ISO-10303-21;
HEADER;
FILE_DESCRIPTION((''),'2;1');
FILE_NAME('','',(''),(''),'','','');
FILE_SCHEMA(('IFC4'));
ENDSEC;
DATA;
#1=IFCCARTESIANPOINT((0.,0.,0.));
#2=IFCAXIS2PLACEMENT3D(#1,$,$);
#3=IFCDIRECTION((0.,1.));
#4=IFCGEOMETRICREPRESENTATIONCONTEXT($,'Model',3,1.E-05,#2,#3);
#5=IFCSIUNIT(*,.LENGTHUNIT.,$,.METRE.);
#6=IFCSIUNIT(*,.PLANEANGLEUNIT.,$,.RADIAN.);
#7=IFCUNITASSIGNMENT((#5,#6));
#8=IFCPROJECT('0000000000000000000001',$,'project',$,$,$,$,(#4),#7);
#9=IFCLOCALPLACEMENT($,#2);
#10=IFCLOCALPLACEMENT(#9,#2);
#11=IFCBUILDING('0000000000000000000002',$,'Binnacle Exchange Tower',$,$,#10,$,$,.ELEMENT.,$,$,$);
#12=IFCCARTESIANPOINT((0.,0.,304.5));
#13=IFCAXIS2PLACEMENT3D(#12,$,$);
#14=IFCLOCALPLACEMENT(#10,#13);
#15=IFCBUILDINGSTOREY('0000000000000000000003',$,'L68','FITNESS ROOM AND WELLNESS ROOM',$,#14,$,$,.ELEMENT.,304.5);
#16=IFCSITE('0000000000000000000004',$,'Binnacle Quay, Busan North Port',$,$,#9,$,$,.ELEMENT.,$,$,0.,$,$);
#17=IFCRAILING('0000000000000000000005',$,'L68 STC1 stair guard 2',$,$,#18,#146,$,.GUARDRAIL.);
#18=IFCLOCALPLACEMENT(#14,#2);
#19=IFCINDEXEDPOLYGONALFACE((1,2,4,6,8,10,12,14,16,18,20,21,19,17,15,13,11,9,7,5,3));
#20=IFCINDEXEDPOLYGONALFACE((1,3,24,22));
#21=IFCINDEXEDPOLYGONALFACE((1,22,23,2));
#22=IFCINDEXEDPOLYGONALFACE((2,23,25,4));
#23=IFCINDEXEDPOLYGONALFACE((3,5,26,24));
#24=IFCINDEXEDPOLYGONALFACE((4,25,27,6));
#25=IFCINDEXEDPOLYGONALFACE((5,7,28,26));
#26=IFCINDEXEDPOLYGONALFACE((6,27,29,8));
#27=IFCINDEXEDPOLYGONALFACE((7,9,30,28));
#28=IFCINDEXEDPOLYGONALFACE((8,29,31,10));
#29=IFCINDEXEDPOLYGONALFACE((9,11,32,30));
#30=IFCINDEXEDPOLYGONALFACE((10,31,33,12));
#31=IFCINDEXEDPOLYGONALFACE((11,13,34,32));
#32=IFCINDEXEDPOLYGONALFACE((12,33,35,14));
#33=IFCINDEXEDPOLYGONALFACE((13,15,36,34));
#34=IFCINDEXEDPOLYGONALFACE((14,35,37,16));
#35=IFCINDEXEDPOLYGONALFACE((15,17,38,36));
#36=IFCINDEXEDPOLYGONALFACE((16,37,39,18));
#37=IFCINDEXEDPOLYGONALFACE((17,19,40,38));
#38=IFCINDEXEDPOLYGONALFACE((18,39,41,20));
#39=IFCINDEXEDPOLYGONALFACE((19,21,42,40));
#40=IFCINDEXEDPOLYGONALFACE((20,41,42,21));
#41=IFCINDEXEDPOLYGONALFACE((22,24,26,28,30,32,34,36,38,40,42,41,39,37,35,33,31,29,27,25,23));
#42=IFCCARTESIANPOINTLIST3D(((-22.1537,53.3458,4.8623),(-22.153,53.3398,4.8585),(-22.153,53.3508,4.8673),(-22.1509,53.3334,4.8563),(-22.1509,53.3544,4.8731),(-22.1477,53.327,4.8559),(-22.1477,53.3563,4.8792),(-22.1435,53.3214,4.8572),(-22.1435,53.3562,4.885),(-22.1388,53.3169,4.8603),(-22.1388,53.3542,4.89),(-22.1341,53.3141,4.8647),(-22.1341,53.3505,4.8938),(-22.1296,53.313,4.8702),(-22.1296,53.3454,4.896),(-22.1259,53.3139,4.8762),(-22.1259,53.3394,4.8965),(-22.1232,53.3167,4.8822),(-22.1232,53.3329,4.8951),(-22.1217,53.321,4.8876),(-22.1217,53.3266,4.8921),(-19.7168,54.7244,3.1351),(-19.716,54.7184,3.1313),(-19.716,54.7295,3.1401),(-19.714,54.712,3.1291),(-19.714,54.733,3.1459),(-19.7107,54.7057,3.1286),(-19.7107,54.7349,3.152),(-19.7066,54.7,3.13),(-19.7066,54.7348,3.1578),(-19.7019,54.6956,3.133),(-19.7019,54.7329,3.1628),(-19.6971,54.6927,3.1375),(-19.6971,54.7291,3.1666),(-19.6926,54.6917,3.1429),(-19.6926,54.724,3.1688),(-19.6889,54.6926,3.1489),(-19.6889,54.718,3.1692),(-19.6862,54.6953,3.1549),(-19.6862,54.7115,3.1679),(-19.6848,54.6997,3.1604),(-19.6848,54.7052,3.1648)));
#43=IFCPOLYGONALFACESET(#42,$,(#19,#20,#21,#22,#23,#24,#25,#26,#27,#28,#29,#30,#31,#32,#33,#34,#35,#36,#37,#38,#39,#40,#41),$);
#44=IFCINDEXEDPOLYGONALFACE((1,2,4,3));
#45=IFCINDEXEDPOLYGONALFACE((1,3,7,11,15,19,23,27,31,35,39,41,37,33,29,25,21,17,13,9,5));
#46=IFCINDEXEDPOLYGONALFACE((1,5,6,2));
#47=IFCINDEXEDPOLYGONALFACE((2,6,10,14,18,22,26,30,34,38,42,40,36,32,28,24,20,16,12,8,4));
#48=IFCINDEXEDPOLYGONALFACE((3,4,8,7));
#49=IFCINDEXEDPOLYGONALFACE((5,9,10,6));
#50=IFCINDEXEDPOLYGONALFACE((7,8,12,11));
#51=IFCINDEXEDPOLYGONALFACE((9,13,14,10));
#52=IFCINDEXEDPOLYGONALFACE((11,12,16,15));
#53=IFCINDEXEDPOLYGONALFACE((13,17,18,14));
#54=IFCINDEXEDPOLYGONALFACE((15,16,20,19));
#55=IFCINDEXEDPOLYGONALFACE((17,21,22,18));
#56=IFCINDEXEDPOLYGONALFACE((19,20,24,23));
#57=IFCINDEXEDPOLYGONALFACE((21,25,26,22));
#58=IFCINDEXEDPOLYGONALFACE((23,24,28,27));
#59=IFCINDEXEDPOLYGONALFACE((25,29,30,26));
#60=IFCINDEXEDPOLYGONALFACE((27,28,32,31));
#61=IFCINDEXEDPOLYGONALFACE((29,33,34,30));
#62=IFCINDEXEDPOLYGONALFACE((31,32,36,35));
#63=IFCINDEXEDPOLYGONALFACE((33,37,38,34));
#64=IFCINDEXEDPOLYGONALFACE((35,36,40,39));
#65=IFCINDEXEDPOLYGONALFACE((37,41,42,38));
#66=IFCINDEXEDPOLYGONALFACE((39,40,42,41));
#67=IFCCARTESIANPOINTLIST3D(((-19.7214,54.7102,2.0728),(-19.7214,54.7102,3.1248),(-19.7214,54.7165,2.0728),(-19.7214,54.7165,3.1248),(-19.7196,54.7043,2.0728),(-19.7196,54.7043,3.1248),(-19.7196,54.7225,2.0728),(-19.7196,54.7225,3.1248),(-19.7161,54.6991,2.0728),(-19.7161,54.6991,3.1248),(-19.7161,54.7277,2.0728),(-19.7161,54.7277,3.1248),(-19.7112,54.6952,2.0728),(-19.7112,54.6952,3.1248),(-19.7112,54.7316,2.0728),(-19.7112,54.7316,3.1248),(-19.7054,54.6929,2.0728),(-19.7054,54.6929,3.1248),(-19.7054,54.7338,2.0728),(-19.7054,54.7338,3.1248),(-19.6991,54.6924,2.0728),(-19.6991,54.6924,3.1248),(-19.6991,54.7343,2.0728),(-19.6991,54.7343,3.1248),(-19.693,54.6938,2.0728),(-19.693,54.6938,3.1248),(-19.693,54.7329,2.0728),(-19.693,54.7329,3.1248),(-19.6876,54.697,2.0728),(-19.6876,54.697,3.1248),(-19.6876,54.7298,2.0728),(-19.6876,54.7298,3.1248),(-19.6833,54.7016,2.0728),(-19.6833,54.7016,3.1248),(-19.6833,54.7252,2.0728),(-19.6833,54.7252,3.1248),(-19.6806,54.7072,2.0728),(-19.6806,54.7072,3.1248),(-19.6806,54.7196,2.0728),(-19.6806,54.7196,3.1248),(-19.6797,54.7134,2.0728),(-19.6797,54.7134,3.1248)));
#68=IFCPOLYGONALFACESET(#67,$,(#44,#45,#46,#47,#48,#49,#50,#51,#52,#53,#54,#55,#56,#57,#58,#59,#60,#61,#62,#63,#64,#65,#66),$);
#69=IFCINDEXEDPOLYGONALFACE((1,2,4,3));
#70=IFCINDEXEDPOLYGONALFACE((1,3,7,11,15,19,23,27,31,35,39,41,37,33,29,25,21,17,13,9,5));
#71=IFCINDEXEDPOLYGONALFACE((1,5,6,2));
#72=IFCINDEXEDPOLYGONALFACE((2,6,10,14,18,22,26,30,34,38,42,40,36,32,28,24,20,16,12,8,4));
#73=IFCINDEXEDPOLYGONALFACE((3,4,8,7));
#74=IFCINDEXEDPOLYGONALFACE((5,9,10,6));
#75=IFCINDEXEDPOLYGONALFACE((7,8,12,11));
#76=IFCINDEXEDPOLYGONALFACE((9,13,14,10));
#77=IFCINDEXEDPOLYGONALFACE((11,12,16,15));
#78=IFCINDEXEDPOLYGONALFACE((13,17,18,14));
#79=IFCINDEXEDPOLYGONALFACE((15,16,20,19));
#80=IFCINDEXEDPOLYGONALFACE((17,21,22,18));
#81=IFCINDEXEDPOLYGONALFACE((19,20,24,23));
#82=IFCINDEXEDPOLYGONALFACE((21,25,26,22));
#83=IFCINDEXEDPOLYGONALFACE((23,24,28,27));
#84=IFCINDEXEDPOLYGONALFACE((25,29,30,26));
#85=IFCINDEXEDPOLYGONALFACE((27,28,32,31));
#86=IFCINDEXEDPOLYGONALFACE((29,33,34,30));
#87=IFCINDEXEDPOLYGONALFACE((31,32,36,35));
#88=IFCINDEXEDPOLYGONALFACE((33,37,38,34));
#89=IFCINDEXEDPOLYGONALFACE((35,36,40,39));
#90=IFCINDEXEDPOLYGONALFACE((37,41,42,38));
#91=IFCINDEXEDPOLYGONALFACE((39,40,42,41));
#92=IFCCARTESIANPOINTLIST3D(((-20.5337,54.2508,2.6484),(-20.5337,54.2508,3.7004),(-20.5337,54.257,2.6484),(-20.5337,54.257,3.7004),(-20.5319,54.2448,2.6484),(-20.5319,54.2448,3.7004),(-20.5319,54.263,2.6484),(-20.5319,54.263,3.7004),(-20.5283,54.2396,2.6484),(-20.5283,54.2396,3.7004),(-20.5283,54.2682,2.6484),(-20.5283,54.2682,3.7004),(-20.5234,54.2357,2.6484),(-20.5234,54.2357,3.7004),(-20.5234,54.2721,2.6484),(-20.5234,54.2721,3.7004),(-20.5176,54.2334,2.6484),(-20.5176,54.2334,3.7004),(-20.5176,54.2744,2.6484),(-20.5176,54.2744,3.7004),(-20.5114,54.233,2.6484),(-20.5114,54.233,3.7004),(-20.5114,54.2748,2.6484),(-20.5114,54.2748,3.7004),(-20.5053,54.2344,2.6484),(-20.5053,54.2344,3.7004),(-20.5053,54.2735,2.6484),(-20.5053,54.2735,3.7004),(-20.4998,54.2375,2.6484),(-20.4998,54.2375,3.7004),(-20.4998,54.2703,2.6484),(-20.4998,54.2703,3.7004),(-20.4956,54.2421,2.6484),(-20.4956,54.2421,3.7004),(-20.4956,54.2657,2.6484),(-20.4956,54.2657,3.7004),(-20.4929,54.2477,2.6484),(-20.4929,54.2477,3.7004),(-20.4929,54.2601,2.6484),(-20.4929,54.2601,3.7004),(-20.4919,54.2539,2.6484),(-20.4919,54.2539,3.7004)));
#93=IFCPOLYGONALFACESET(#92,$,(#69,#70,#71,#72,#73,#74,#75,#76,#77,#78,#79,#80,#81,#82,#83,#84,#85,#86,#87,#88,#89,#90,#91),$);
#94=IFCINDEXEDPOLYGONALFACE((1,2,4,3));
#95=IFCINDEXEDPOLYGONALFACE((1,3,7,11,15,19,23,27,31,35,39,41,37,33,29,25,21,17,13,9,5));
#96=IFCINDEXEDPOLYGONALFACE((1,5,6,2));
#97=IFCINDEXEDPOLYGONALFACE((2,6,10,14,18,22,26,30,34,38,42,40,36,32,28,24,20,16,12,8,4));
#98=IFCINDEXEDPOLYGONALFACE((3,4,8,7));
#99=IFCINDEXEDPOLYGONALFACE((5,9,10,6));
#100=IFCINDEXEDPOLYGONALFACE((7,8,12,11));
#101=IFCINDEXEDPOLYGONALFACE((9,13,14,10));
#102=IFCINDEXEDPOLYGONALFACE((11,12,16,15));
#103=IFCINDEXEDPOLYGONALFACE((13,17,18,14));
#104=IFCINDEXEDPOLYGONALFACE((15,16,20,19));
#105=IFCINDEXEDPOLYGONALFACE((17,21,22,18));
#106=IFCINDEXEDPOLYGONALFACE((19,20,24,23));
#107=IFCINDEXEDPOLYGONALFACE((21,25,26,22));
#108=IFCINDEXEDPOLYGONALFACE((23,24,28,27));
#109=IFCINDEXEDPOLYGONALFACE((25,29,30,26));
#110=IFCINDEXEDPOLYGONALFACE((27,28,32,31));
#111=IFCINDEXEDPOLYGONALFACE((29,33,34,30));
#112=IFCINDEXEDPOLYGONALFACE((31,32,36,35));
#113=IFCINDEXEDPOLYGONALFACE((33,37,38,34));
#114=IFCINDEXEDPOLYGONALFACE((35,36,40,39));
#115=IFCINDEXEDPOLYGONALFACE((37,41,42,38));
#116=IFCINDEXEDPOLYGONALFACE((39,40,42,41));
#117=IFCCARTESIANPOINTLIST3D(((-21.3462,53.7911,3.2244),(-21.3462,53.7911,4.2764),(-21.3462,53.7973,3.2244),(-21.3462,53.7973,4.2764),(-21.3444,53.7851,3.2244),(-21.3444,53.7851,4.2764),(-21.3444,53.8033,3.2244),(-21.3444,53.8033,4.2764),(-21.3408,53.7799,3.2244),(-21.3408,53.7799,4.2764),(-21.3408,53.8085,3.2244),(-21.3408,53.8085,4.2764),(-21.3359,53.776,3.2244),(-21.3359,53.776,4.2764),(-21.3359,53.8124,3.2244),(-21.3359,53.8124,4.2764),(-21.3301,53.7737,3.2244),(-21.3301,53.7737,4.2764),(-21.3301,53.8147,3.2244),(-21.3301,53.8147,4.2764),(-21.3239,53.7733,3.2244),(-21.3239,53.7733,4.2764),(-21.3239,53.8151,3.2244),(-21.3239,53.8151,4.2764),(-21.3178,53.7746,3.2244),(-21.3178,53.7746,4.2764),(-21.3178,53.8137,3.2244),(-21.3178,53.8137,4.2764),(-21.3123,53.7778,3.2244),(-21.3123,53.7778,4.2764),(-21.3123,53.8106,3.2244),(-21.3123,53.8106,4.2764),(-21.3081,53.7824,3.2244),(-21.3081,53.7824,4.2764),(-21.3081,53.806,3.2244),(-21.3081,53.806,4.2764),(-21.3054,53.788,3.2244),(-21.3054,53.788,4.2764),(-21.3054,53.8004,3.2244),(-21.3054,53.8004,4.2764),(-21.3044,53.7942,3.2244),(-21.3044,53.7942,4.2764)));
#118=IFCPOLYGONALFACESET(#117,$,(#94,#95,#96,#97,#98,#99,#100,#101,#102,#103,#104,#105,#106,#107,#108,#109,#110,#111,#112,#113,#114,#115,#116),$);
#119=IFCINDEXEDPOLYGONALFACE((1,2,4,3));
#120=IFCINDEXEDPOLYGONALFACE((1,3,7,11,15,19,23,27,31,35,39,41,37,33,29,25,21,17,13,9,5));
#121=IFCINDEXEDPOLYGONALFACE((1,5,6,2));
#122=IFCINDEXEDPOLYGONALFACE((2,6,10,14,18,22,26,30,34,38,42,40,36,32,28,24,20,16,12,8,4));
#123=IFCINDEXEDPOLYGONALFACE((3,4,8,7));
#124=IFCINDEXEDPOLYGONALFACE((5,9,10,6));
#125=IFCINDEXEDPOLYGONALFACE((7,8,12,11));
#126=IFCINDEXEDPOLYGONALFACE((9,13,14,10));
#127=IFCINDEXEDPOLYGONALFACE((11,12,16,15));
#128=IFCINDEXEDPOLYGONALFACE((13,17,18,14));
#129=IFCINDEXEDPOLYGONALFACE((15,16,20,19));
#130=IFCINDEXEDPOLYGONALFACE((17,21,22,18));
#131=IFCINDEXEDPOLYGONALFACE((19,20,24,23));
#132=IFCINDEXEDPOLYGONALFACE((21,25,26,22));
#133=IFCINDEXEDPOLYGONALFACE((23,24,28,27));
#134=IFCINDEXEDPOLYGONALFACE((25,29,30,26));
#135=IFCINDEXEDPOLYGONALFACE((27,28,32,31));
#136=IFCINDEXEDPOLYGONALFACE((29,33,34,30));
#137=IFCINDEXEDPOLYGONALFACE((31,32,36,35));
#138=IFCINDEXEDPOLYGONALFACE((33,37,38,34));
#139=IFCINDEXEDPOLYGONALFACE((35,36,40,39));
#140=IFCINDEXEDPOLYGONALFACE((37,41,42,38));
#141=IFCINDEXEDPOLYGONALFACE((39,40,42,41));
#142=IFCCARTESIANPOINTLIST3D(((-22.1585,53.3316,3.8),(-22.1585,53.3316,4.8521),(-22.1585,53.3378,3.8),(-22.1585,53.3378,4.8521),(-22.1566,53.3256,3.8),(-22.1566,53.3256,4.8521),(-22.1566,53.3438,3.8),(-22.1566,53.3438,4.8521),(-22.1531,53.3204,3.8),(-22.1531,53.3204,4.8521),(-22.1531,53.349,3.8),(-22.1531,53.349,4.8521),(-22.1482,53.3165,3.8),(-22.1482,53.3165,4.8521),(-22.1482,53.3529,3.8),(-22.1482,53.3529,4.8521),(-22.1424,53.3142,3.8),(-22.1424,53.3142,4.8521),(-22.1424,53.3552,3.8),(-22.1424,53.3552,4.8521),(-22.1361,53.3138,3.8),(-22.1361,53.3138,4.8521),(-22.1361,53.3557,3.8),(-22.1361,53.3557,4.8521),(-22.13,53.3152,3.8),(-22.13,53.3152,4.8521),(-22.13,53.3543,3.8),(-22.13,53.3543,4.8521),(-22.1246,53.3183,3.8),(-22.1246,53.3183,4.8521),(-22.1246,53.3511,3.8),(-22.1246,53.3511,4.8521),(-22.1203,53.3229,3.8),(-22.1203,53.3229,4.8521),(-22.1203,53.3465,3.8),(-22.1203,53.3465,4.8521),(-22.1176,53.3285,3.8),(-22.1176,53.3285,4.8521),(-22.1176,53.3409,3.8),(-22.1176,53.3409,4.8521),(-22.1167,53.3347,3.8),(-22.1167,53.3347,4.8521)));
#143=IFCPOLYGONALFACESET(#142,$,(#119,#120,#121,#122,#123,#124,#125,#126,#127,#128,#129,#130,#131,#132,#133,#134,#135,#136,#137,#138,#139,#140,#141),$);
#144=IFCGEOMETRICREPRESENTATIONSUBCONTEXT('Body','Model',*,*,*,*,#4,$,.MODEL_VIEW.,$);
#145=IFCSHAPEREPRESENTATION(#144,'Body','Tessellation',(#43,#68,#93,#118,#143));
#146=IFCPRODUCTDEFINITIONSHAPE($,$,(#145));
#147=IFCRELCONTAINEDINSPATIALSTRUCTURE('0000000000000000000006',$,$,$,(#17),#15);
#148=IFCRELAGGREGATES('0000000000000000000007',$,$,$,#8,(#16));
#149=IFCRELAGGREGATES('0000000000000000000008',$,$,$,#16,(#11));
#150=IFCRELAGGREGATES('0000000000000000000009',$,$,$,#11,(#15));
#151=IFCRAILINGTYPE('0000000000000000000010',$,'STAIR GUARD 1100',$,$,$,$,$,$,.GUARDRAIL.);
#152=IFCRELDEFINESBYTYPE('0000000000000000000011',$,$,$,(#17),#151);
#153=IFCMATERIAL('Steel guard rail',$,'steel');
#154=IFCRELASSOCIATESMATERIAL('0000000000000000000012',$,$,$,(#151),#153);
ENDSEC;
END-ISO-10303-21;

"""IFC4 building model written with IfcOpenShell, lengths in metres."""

from ifc_helpers import new_model, si_unit, direction, frame, origin, origin_2d, place, context, subcontext, project, spatial, circle, extrude, material, type_object, element, save


model = new_model("IFC4")

# Units and contexts
model_context = context("Model", 3, precision=1e-05, world=origin(), true_north=direction((0.0, 1.0)))
body_context = subcontext(model_context, "Body", "Model", "MODEL_VIEW")
ifc_project = project(units=[si_unit("LENGTHUNIT", "METRE"), si_unit("PLANEANGLEUNIT", "RADIAN")], contexts=[model_context])

# Site, building, storey
site_placement = place(None, origin())
site = spatial("IfcSite", under=ifc_project, at=site_placement, Name="Binnacle Quay, Busan North Port", CompositionType="ELEMENT", RefElevation=0.0)
building_placement = place(site_placement, origin())
building = spatial("IfcBuilding", under=site, at=building_placement, Name="Binnacle Exchange Tower", CompositionType="ELEMENT")
storey_placement = place(building_placement, frame((0.0, 0.0, 304.5)))
storey = spatial("IfcBuildingStorey", under=building, at=storey_placement, Name="L68", Description="FITNESS ROOM AND WELLNESS ROOM", CompositionType="ELEMENT", Elevation=304.5)

# Railing
ifc_material_1 = material(Name="Steel guard rail", Category="steel")
railing_type = type_object("IfcRailingType", Name="STAIR GUARD 1100", PredefinedType="GUARDRAIL", material=ifc_material_1)
railing_placement = place(storey_placement, frame((-19.7007, 54.7134, 2.0728)))
element("IfcRailing", 1, at=railing_placement, inside=storey, type_object=railing_type, Name="L68 STC1 stair guard 2", PredefinedType="GUARDRAIL", context=body_context, shape_type="SweptSolid", body=[
    extrude(circle(Radius=0.0239, at=origin_2d()), frame((0.0, 0.0, 1.0762), z_axis=(-0.740761, -0.419062, 0.525033), x_axis=(0.492388, -0.870376, 0.0)), (0.0, 0.0, 1.0), 3.2898),
    extrude(circle(Radius=0.021, at=origin_2d()), origin(), (0.0, 0.0, 1.0), 1.052),
    extrude(circle(Radius=0.021, at=origin_2d()), frame((-0.8123, -0.4595, 0.5757)), (0.0, 0.0, 1.0), 1.052),
    extrude(circle(Radius=0.021, at=origin_2d()), frame((-1.6248, -0.9192, 1.1516)), (0.0, 0.0, 1.0), 1.052),
    extrude(circle(Radius=0.021, at=origin_2d()), frame((-2.437, -1.3787, 1.7273)), (0.0, 0.0, 1.0), 1.052),
])

save(model, "model.ifc")
